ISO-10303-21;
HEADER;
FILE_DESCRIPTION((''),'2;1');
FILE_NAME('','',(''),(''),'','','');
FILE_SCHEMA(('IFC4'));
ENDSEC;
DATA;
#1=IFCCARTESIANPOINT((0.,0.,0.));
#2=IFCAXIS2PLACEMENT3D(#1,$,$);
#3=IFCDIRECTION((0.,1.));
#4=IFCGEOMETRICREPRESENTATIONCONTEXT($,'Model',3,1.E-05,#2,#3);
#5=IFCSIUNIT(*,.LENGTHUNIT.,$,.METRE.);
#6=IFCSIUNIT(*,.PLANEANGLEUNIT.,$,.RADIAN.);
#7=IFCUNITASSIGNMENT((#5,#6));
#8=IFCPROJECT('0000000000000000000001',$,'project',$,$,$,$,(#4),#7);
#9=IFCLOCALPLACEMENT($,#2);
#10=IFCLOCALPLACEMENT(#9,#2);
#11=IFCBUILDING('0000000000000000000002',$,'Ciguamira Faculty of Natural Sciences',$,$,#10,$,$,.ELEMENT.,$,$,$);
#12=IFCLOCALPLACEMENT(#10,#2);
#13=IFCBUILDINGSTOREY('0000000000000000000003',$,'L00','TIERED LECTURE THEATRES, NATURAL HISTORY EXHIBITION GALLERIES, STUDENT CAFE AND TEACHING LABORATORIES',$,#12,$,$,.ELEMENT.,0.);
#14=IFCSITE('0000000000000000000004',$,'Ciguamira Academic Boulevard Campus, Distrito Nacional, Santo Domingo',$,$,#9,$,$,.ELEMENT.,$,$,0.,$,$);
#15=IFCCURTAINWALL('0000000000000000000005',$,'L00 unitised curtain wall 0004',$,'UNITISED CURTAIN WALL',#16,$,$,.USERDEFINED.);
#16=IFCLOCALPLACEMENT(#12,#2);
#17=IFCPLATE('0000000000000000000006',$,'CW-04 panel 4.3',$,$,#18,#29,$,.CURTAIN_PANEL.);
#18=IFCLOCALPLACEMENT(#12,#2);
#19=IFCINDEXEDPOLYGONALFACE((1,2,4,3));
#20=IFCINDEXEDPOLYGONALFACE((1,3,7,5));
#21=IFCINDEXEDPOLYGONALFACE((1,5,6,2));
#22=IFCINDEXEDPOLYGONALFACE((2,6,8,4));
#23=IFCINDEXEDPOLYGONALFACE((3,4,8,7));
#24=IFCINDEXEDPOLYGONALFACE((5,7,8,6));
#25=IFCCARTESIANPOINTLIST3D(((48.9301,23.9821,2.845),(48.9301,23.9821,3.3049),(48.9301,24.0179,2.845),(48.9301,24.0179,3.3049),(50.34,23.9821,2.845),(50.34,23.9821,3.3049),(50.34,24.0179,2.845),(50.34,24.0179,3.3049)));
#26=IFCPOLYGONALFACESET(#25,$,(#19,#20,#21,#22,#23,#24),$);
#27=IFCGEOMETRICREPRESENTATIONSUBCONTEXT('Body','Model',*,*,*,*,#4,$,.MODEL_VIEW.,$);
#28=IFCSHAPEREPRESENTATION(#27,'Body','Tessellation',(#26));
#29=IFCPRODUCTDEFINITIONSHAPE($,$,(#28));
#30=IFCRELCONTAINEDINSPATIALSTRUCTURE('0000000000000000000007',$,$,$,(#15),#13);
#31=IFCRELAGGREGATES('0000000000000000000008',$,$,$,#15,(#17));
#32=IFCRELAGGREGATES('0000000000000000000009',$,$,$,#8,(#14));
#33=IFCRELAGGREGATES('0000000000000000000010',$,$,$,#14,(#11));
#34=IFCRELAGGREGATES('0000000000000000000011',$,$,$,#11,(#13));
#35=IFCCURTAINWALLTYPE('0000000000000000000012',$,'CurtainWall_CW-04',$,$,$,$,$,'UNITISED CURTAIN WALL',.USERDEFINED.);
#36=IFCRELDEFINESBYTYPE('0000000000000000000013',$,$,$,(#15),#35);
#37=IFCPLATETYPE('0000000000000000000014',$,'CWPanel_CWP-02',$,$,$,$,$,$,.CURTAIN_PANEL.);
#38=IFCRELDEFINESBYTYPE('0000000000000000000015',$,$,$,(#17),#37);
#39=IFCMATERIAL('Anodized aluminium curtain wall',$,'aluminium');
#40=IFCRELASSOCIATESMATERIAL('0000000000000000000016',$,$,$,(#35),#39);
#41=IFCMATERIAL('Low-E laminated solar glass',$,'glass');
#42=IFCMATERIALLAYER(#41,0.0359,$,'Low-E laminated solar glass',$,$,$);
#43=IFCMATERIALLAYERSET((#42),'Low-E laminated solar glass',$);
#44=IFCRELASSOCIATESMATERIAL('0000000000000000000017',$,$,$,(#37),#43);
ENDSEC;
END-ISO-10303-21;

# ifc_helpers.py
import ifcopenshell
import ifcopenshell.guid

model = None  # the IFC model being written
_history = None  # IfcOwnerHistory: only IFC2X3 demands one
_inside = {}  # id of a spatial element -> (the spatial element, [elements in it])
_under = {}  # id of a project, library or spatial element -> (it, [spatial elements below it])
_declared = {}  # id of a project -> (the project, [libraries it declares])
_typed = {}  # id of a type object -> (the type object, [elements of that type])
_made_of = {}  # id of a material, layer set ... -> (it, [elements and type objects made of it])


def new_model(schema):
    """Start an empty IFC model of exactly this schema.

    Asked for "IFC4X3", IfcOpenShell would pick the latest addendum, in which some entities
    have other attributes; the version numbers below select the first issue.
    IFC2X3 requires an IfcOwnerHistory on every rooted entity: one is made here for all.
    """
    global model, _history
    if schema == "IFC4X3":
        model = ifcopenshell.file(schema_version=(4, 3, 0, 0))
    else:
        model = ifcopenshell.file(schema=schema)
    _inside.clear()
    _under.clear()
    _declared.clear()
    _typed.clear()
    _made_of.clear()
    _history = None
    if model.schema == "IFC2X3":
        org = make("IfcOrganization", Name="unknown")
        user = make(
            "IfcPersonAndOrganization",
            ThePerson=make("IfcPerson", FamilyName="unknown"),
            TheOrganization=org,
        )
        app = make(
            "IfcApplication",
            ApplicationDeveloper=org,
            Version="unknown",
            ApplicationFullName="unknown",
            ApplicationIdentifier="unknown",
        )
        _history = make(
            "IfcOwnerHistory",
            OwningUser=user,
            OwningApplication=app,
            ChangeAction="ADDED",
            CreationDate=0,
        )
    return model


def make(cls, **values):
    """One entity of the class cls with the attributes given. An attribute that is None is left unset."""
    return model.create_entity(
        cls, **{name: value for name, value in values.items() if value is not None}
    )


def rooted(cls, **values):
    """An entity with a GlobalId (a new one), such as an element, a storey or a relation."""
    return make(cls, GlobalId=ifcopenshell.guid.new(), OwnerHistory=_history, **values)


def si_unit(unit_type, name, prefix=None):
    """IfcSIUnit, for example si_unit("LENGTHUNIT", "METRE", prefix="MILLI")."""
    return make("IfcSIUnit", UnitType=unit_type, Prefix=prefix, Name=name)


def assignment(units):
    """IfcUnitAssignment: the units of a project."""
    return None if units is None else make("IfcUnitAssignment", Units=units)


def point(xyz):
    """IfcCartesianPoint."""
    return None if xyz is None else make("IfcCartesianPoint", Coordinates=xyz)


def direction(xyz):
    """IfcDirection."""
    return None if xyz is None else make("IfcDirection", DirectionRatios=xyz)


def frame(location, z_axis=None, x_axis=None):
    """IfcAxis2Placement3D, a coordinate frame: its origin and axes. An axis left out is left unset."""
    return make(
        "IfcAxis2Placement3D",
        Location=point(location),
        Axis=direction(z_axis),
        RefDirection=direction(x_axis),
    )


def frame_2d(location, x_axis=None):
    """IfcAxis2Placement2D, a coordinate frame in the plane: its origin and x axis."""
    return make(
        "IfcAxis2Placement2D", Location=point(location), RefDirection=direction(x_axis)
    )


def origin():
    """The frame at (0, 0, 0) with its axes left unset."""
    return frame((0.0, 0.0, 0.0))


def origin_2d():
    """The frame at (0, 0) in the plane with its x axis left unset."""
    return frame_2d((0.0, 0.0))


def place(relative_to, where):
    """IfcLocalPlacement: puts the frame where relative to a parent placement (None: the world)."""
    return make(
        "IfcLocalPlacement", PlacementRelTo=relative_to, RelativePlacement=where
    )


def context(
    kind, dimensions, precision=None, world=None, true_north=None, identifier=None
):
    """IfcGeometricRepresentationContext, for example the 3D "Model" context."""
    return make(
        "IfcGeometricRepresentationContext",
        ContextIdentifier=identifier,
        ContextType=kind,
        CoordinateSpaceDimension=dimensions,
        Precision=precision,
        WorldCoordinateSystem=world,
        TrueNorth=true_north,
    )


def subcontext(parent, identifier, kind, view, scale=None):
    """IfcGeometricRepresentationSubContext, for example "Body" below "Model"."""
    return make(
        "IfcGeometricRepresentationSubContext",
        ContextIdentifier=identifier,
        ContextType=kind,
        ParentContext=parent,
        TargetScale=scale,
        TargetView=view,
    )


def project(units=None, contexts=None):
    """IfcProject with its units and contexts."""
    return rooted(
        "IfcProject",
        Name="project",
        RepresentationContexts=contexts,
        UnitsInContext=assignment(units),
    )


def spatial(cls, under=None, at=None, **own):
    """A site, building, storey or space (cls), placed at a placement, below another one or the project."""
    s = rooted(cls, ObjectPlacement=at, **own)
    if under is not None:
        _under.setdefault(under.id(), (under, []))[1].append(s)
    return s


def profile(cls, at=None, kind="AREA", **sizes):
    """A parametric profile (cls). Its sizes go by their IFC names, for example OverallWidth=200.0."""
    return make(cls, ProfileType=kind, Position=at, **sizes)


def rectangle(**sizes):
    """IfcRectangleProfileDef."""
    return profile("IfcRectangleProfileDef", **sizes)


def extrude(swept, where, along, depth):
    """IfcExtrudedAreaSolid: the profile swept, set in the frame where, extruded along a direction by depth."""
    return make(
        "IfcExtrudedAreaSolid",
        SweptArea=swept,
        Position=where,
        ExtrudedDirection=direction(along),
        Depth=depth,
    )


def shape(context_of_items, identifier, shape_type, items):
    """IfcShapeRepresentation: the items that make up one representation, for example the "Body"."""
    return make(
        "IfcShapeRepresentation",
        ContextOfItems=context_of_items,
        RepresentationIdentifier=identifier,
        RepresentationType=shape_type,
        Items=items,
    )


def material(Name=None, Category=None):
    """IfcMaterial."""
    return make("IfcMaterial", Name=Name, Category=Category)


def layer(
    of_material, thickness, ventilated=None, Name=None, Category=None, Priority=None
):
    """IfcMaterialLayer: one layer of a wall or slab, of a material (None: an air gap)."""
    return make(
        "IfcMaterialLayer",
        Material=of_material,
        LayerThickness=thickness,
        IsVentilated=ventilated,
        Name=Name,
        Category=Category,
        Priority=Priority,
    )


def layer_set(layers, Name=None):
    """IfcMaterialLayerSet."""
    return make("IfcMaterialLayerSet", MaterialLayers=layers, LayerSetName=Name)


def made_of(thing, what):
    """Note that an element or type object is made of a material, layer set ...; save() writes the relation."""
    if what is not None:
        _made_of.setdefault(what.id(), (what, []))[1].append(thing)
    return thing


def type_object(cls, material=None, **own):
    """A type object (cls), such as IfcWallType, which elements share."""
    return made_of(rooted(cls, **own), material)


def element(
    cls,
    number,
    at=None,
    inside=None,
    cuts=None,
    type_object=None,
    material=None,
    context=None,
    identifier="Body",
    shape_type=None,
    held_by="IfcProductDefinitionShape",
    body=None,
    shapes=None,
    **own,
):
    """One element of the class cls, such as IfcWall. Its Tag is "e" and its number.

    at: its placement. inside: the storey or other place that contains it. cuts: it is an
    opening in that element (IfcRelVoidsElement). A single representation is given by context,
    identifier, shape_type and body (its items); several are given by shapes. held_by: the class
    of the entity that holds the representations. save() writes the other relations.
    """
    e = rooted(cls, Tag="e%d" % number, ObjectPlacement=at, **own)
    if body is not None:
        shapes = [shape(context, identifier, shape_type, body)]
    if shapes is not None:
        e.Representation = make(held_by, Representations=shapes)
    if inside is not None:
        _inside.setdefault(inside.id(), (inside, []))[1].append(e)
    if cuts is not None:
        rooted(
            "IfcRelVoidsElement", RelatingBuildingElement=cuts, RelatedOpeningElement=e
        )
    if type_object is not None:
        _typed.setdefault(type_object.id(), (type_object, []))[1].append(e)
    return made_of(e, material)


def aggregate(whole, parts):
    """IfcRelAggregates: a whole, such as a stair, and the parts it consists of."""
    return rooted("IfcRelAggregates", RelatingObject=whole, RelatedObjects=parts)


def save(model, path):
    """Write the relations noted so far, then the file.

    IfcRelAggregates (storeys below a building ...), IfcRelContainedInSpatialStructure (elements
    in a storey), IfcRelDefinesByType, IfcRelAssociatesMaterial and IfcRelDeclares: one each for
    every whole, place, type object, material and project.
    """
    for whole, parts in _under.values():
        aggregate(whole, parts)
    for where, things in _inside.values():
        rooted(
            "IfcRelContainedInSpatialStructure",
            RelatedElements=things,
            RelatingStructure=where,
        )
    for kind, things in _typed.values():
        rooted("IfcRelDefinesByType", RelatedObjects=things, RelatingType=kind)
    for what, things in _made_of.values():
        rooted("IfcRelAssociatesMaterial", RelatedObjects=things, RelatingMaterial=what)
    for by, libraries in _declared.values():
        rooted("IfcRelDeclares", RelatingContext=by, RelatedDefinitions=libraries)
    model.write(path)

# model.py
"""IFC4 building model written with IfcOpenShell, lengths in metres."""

from ifc_helpers import new_model, si_unit, direction, frame, origin, origin_2d, place, context, subcontext, project, spatial, rectangle, extrude, material, layer, layer_set, type_object, element, aggregate, save


model = new_model("IFC4")

# Units and contexts
model_context = context("Model", 3, precision=1e-05, world=origin(), true_north=direction((0.0, 1.0)))
body_context = subcontext(model_context, "Body", "Model", "MODEL_VIEW")
ifc_project = project(units=[si_unit("LENGTHUNIT", "METRE"), si_unit("PLANEANGLEUNIT", "RADIAN")], contexts=[model_context])

# Site, building, storey
site_placement = place(None, origin())
site = spatial("IfcSite", under=ifc_project, at=site_placement, Name="Ciguamira Academic Boulevard Campus, Distrito Nacional, Santo Domingo", CompositionType="ELEMENT", RefElevation=0.0)
building_placement = place(site_placement, origin())
building = spatial("IfcBuilding", under=site, at=building_placement, Name="Ciguamira Faculty of Natural Sciences", CompositionType="ELEMENT")
storey_placement = place(building_placement, origin())
storey = spatial("IfcBuildingStorey", under=building, at=storey_placement, Name="L00", Description="TIERED LECTURE THEATRES, NATURAL HISTORY EXHIBITION GALLERIES, STUDENT CAFE AND TEACHING LABORATORIES", CompositionType="ELEMENT", Elevation=0.0)

# Curtain wall
ifc_material_1 = material(Name="Anodized aluminium curtain wall", Category="aluminium")
curtain_wall_type = type_object("IfcCurtainWallType", Name="CurtainWall_CW-04", ElementType="UNITISED CURTAIN WALL", PredefinedType="USERDEFINED", material=ifc_material_1)
curtain_wall_placement = place(storey_placement, origin())
curtain_wall = element("IfcCurtainWall", 1, at=curtain_wall_placement, inside=storey, type_object=curtain_wall_type, Name="L00 unitised curtain wall 0004", ObjectType="UNITISED CURTAIN WALL", PredefinedType="USERDEFINED")

# Plate
ifc_material_2 = material(Name="Low-E laminated solar glass", Category="glass")
ifc_layer = layer(ifc_material_2, 0.0359, Name="Low-E laminated solar glass")
ifc_layer_set = layer_set([ifc_layer], Name="Low-E laminated solar glass")
plate_type = type_object("IfcPlateType", Name="CWPanel_CWP-02", PredefinedType="CURTAIN_PANEL", material=ifc_layer_set)
plate_1_placement = place(storey_placement, frame((49.635, 24.0, 2.845), z_axis=(0.0, 0.0, 1.0), x_axis=(1.0, 0.0, 0.0)))
plate_1 = element("IfcPlate", 2, at=plate_1_placement, type_object=plate_type, Name="CW-04 panel 4.3", PredefinedType="CURTAIN_PANEL", context=body_context, shape_type="SweptSolid", body=[
    extrude(rectangle(XDim=1.4099, YDim=0.0359, at=origin_2d()), origin(), (0.0, 0.0, 1.0), 0.46),
])
aggregate(curtain_wall, [plate_1])

save(model, "model.ifc")
